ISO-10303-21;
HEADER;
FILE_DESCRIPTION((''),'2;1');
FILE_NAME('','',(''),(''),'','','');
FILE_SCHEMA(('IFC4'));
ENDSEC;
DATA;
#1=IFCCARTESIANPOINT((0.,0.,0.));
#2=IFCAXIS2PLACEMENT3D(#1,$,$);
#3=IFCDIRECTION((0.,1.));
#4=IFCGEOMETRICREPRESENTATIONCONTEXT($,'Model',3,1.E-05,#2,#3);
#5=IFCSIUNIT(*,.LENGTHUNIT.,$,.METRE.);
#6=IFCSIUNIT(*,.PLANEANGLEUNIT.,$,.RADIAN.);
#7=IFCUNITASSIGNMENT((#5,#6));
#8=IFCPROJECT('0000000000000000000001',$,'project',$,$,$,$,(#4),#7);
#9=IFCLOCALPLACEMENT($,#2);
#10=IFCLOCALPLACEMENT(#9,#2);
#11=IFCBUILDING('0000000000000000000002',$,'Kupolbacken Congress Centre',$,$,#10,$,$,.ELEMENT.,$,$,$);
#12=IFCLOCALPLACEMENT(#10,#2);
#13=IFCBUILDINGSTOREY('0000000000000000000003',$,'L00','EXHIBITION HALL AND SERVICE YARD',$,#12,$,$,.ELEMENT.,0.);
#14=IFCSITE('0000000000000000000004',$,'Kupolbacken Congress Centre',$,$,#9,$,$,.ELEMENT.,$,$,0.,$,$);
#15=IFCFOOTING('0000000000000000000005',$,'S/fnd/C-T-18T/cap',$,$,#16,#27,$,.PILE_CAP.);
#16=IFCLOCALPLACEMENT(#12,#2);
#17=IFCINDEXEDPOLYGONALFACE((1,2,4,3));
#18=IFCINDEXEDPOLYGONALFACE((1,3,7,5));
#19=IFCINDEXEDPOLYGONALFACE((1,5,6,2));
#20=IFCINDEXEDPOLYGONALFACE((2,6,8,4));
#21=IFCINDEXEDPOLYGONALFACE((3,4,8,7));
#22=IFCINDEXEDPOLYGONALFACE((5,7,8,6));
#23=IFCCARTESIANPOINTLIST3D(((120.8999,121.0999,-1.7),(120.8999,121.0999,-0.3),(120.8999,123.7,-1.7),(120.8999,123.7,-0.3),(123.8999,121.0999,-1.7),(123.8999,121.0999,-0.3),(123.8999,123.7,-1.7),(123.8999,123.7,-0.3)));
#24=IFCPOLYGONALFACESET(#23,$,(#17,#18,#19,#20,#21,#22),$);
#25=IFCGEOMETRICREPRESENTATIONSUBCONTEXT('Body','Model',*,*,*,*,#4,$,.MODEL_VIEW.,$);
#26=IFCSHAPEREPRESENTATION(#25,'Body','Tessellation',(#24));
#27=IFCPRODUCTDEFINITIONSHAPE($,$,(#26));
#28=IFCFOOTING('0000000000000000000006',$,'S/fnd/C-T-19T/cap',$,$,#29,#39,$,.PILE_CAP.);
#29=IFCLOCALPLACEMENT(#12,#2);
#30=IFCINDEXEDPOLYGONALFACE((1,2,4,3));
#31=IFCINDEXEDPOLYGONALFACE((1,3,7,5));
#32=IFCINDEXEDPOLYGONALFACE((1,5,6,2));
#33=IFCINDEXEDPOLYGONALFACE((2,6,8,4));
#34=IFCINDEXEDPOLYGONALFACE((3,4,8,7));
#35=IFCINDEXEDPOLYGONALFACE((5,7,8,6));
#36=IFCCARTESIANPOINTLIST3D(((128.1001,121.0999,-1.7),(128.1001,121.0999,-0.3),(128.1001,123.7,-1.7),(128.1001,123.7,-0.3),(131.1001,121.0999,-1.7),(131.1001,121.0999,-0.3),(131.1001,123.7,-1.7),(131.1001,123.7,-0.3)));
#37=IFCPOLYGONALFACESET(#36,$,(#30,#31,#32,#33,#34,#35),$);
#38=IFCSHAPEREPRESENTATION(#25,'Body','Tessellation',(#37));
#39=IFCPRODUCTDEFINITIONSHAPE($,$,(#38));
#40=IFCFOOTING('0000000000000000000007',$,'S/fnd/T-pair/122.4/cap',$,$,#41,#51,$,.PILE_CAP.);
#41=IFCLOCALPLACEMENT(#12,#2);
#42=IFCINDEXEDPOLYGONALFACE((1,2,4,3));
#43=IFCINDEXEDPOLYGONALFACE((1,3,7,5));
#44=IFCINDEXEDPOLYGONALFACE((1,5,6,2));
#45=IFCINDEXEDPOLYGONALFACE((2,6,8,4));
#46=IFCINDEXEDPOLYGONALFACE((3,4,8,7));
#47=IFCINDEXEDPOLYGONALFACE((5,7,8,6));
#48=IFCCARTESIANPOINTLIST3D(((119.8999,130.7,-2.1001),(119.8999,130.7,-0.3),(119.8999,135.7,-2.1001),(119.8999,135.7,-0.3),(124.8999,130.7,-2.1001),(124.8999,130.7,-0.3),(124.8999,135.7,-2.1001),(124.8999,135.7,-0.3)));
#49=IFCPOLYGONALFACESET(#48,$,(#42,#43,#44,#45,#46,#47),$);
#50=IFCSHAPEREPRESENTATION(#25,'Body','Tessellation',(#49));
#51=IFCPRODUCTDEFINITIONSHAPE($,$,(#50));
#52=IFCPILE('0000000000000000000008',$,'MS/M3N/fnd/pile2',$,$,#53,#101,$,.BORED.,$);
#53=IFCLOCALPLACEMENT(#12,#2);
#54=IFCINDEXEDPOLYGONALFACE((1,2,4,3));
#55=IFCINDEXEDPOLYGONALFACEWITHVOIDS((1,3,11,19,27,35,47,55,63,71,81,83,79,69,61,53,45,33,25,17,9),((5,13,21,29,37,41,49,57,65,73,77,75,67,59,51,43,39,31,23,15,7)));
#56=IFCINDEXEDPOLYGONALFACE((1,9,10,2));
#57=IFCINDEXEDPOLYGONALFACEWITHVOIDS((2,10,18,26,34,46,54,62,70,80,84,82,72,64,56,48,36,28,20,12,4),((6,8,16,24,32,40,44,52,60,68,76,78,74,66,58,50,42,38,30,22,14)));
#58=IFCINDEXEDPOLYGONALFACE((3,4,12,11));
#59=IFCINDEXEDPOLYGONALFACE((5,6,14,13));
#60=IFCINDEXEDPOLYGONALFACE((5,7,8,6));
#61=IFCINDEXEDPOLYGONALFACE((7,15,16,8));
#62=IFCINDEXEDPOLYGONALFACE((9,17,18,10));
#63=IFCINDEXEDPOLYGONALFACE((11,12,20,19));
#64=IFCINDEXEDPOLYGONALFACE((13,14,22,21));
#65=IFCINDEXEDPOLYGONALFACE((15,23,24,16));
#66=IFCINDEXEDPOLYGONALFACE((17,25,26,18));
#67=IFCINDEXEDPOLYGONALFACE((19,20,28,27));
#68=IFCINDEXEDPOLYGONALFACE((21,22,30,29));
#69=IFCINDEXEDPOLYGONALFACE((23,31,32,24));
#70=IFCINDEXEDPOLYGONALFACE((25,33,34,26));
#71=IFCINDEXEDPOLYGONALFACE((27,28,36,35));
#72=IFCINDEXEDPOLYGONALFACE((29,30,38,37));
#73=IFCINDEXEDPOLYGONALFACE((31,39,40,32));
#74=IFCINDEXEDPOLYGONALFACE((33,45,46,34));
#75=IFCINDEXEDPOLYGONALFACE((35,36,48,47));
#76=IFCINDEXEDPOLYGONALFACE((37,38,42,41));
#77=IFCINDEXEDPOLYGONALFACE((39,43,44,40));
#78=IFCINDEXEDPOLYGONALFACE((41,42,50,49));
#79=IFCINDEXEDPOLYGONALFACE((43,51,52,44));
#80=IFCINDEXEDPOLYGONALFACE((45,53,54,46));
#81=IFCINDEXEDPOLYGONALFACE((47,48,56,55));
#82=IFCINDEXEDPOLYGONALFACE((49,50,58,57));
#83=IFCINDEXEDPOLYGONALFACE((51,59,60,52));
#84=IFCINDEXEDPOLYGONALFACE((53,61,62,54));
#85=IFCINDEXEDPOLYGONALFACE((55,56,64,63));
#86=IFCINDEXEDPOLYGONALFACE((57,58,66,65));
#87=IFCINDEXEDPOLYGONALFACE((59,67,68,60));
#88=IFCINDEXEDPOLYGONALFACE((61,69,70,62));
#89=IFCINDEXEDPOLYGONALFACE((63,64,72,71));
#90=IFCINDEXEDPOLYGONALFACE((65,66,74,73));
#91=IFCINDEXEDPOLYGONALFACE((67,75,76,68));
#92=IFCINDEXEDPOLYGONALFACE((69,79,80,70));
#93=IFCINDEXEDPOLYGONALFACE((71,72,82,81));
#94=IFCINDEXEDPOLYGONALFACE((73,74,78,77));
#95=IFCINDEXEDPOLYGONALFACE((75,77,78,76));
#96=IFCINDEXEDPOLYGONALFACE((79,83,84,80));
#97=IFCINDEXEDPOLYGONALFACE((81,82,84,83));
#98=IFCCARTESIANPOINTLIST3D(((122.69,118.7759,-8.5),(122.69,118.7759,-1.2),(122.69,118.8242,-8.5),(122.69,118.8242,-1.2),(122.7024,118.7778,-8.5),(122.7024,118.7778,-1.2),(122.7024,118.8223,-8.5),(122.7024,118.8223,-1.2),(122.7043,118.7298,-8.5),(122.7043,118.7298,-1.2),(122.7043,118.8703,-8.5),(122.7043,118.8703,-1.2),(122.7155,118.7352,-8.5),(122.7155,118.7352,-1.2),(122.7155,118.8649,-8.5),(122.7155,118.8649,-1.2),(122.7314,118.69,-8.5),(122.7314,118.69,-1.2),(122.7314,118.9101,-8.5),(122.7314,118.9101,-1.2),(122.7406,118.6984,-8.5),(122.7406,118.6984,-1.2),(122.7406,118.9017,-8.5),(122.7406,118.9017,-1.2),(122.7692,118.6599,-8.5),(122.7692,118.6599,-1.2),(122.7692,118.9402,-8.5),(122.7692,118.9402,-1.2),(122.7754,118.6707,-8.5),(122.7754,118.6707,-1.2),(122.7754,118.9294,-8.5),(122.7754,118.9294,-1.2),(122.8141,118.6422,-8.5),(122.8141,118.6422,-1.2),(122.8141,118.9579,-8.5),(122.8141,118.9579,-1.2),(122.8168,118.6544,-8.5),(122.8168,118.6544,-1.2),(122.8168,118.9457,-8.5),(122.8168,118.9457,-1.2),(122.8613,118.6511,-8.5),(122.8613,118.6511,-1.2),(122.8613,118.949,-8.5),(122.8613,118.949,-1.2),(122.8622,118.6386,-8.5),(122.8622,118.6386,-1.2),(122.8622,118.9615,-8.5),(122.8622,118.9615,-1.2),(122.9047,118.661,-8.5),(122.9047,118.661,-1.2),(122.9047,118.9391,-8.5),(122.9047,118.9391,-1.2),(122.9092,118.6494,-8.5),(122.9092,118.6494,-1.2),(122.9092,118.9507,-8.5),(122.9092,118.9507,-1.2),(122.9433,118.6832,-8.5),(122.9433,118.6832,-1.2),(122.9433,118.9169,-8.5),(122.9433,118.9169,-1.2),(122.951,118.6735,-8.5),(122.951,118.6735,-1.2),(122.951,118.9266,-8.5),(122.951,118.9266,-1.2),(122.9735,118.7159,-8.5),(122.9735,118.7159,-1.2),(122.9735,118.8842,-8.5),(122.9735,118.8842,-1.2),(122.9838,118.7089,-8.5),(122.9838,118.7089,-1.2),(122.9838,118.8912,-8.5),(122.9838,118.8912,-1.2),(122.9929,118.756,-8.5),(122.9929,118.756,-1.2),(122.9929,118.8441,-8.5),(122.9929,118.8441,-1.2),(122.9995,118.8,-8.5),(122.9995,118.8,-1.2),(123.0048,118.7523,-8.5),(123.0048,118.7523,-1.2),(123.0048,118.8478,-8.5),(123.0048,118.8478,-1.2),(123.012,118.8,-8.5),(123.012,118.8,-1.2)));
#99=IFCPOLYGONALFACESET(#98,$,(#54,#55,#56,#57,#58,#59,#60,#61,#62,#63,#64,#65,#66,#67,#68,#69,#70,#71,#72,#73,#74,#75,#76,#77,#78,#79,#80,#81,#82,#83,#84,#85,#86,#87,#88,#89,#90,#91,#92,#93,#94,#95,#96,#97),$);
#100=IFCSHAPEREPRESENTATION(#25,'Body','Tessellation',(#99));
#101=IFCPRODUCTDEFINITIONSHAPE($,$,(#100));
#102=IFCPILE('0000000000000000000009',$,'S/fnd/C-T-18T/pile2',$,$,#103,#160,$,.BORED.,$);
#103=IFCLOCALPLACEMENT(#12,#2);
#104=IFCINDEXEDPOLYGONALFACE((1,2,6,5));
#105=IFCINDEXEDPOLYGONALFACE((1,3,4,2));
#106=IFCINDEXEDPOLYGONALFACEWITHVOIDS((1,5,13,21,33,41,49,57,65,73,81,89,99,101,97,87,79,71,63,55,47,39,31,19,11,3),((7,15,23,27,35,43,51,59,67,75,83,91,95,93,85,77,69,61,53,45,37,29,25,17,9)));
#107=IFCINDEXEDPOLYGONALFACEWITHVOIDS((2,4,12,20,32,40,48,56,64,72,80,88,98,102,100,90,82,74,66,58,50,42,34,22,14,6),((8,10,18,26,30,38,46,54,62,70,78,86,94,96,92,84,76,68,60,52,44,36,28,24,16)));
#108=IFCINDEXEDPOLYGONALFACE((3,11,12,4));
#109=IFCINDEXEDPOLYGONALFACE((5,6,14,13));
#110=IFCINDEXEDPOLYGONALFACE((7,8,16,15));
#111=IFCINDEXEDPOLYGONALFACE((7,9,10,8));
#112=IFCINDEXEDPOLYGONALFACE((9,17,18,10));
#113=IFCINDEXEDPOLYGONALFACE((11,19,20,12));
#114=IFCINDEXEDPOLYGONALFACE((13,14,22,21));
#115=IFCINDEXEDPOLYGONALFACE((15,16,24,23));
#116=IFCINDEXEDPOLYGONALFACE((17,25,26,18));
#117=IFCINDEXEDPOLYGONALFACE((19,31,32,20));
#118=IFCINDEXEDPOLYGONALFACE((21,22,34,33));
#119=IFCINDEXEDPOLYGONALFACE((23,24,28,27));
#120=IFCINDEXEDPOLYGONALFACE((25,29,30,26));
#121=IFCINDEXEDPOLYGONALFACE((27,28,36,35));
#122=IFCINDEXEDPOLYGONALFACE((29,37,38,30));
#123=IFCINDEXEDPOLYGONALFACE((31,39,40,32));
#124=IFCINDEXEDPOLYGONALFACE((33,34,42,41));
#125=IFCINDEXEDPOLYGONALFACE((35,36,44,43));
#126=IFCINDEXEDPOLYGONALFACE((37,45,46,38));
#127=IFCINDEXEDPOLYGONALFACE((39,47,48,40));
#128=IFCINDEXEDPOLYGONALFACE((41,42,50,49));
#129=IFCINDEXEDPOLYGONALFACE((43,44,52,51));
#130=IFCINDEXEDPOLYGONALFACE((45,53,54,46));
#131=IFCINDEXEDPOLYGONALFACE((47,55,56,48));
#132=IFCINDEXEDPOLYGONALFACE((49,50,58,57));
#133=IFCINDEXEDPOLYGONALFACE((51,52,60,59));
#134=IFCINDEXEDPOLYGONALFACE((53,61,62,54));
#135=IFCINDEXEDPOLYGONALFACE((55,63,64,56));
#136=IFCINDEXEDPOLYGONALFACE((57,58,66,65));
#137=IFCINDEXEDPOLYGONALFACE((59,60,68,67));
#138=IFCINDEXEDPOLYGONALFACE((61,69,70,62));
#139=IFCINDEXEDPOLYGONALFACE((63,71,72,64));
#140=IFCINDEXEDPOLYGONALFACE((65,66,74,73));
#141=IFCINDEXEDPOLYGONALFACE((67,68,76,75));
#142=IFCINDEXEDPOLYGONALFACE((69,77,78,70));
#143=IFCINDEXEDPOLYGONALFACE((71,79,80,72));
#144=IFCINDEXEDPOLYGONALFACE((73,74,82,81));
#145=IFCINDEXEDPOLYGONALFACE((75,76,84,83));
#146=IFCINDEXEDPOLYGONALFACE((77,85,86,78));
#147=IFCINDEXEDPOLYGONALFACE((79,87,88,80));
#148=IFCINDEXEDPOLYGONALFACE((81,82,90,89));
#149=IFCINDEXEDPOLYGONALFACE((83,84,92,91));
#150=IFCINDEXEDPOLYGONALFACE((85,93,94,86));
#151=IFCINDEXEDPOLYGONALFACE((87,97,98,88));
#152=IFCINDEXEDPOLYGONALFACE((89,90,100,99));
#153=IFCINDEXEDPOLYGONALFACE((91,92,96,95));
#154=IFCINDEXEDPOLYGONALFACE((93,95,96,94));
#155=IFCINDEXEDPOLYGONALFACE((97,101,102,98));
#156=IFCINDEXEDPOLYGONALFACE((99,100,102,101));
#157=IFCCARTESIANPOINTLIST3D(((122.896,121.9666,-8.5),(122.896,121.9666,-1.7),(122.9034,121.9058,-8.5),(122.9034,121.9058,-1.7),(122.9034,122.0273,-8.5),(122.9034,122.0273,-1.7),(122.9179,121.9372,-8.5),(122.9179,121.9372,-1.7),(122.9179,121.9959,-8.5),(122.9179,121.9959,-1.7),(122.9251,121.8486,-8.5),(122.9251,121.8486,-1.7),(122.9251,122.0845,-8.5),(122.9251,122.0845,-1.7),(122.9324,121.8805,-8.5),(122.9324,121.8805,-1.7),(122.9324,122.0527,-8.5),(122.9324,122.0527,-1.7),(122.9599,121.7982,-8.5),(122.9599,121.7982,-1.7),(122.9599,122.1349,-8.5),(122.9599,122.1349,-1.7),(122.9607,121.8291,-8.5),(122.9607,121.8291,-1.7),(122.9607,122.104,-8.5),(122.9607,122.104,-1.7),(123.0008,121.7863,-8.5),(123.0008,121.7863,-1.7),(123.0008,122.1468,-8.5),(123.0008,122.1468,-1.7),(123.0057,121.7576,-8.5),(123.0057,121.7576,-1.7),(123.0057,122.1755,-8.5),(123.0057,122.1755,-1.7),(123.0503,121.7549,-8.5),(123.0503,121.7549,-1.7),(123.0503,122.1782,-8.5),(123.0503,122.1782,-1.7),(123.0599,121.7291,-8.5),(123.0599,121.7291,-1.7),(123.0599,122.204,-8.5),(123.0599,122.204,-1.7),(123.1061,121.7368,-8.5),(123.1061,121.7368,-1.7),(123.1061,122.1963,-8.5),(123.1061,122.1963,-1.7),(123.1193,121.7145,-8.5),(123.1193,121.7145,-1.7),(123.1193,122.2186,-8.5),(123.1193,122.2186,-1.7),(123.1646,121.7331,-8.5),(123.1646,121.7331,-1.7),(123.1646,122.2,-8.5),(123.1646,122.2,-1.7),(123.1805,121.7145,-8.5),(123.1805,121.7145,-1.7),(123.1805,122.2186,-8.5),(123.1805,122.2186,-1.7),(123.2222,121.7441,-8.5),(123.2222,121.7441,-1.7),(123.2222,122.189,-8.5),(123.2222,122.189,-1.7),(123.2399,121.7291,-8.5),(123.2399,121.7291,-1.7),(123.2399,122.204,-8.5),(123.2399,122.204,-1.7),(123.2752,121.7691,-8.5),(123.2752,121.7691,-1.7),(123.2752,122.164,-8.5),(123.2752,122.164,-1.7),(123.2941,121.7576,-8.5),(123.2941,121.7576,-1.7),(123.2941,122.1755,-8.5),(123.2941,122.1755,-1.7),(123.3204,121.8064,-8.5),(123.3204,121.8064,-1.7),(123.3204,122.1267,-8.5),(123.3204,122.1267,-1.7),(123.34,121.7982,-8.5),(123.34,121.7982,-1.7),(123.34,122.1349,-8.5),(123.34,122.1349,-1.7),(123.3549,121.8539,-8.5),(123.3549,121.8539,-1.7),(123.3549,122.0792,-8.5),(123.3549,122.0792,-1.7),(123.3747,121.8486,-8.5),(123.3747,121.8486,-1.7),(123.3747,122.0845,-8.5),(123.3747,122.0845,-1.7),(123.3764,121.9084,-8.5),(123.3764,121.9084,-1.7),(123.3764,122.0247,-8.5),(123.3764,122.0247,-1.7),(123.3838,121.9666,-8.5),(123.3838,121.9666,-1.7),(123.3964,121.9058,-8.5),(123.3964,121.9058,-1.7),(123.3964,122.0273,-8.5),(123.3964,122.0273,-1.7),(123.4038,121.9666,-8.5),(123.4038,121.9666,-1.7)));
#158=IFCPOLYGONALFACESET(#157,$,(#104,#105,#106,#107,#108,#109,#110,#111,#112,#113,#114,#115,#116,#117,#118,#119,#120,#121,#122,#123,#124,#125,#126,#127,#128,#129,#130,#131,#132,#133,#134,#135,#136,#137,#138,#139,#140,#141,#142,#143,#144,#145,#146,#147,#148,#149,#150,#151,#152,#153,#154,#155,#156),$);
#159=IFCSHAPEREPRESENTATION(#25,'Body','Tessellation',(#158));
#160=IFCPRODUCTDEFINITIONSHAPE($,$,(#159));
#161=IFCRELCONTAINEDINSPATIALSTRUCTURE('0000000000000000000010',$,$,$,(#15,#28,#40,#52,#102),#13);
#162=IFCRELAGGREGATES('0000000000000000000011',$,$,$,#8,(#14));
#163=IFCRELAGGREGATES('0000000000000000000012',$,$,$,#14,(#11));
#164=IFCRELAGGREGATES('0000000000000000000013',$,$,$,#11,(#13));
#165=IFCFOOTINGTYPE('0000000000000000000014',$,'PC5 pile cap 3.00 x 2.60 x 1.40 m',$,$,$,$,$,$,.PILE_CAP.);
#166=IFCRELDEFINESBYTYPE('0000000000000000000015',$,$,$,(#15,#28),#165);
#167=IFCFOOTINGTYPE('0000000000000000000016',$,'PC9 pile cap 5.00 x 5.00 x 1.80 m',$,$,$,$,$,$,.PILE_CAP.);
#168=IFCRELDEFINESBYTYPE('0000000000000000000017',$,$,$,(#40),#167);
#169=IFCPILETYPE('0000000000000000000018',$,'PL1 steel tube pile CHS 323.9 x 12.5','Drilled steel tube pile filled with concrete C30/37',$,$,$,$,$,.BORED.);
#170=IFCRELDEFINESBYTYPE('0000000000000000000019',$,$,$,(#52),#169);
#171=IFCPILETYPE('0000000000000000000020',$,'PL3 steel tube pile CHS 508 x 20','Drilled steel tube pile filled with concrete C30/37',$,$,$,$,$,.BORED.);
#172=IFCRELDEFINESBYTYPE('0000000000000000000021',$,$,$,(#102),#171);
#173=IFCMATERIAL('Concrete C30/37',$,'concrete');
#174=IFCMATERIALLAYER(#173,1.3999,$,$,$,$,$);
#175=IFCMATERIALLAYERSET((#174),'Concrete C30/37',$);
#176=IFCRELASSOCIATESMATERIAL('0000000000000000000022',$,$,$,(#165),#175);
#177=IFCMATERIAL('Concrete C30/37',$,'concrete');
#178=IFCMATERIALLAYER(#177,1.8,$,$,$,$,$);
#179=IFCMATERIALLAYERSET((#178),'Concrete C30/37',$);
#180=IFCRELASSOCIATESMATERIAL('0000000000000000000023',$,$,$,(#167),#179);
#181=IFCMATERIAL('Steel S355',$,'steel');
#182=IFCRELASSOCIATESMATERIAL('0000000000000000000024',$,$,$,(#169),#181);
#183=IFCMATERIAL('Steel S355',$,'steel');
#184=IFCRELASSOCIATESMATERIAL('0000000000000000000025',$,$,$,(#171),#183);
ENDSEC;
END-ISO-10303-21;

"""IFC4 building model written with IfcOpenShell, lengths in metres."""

from ifc_helpers import new_model, si_unit, direction, frame, origin, origin_2d, place, context, subcontext, project, spatial, rectangle, hollow_circle, extrude, material, layer, layer_set, material_profile, profile_set, type_object, element, save


model = new_model("IFC4")

# Units and contexts
model_context = context("Model", 3, precision=1e-05, world=origin(), true_north=direction((0.0, 1.0)))
body_context = subcontext(model_context, "Body", "Model", "MODEL_VIEW")
ifc_project = project(units=[si_unit("LENGTHUNIT", "METRE"), si_unit("PLANEANGLEUNIT", "RADIAN")], contexts=[model_context])

# Site, building, storey
site_placement = place(None, origin())
site = spatial("IfcSite", under=ifc_project, at=site_placement, Name="Kupolbacken Congress Centre", CompositionType="ELEMENT", RefElevation=0.0)
building_placement = place(site_placement, origin())
building = spatial("IfcBuilding", under=site, at=building_placement, Name="Kupolbacken Congress Centre", CompositionType="ELEMENT")
storey_placement = place(building_placement, origin())
storey = spatial("IfcBuildingStorey", under=building, at=storey_placement, Name="L00", Description="EXHIBITION HALL AND SERVICE YARD", CompositionType="ELEMENT", Elevation=0.0)

# Footings
ifc_material_1 = material(Name="Concrete C30/37", Category="concrete")
ifc_layer_1 = layer(ifc_material_1, 1.3999)
ifc_layer_set_1 = layer_set([ifc_layer_1], Name="Concrete C30/37")
footing_type_1 = type_object("IfcFootingType", Name="PC5 pile cap 3.00 x 2.60 x 1.40 m", PredefinedType="PILE_CAP", material=ifc_layer_set_1)
for number, where, z_axis, x_axis, name in (
    (1, (122.3999, 122.3999, -1.7), (0.0, 0.0, 1.0), (1.0, 0.0, 0.0), "S/fnd/C-T-18T/cap"),
    (2, (129.6001, 122.3999, -1.7), (0.0, 0.0, 1.0), (1.0, 0.0, 0.0), "S/fnd/C-T-19T/cap"),
):
    element("IfcFooting", number, at=place(storey_placement, frame(where, z_axis=z_axis, x_axis=x_axis)), inside=storey, type_object=footing_type_1, Name=name, PredefinedType="PILE_CAP", context=body_context, shape_type="SweptSolid", body=[
        extrude(rectangle(XDim=3.0, YDim=2.6001, at=origin_2d()), origin(), (0.0, 0.0, 1.0), 1.3999),
    ])
ifc_material_2 = material(Name="Concrete C30/37", Category="concrete")
ifc_layer_2 = layer(ifc_material_2, 1.8)
ifc_layer_set_2 = layer_set([ifc_layer_2], Name="Concrete C30/37")
footing_type_2 = type_object("IfcFootingType", Name="PC9 pile cap 5.00 x 5.00 x 1.80 m", PredefinedType="PILE_CAP", material=ifc_layer_set_2)
footing_placement = place(storey_placement, frame((122.3999, 133.2, -2.1001), z_axis=(0.0, 0.0, 1.0), x_axis=(1.0, 0.0, 0.0)))
element("IfcFooting", 3, at=footing_placement, inside=storey, type_object=footing_type_2, Name="S/fnd/T-pair/122.4/cap", PredefinedType="PILE_CAP", context=body_context, shape_type="SweptSolid", body=[
    extrude(rectangle(XDim=5.0, YDim=5.0, at=origin_2d()), origin(), (0.0, 0.0, 1.0), 1.8),
])

# Piles
ifc_material_3 = material(Name="Steel S355", Category="steel")
ifc_material_profile_1 = material_profile(ifc_material_3, hollow_circle(Radius=0.1619, WallThickness=0.0125, at=origin_2d()), Name="CHS 323.9 x 12.5")
ifc_profile_set_1 = profile_set([ifc_material_profile_1], Name="Steel S355")
pile_type_1 = type_object("IfcPileType", Name="PL1 steel tube pile CHS 323.9 x 12.5", Description="Drilled steel tube pile filled with concrete C30/37", PredefinedType="BORED", material=ifc_profile_set_1)
pile_placement = place(storey_placement, frame((122.8501, 118.8, -1.2), z_axis=(0.0, 0.0, -1.0), x_axis=(1.0, 0.0, 0.0)))
element("IfcPile", 4, at=pile_placement, inside=storey, type_object=pile_type_1, Name="MS/M3N/fnd/pile2", PredefinedType="BORED", context=body_context, shape_type="SweptSolid", body=[
    extrude(hollow_circle(Radius=0.1619, WallThickness=0.0125, at=origin_2d()), origin(), (0.0, 0.0, 1.0), 7.3),
])
ifc_material_4 = material(Name="Steel S355", Category="steel")
ifc_material_profile_2 = material_profile(ifc_material_4, hollow_circle(Radius=0.2539, WallThickness=0.02, at=origin_2d()), Name="CHS 508 x 20")
ifc_profile_set_2 = profile_set([ifc_material_profile_2], Name="Steel S355")
pile_type_2 = type_object("IfcPileType", Name="PL3 steel tube pile CHS 508 x 20", Description="Drilled steel tube pile filled with concrete C30/37", PredefinedType="BORED", material=ifc_profile_set_2)
for number, where, z_axis, x_axis, name in (
    (5, (123.1499, 121.9666, -1.7), (0.0, 0.0, -1.0), (1.0, 0.0, 0.0), "S/fnd/C-T-18T/pile2"),
):
    element("IfcPile", number, at=place(storey_placement, frame(where, z_axis=z_axis, x_axis=x_axis)), inside=storey, type_object=pile_type_2, Name=name, PredefinedType="BORED", context=body_context, shape_type="SweptSolid", body=[
        extrude(hollow_circle(Radius=0.2539, WallThickness=0.02, at=origin_2d()), origin(), (0.0, 0.0, 1.0), 6.8),
    ])

save(model, "model.ifc")
